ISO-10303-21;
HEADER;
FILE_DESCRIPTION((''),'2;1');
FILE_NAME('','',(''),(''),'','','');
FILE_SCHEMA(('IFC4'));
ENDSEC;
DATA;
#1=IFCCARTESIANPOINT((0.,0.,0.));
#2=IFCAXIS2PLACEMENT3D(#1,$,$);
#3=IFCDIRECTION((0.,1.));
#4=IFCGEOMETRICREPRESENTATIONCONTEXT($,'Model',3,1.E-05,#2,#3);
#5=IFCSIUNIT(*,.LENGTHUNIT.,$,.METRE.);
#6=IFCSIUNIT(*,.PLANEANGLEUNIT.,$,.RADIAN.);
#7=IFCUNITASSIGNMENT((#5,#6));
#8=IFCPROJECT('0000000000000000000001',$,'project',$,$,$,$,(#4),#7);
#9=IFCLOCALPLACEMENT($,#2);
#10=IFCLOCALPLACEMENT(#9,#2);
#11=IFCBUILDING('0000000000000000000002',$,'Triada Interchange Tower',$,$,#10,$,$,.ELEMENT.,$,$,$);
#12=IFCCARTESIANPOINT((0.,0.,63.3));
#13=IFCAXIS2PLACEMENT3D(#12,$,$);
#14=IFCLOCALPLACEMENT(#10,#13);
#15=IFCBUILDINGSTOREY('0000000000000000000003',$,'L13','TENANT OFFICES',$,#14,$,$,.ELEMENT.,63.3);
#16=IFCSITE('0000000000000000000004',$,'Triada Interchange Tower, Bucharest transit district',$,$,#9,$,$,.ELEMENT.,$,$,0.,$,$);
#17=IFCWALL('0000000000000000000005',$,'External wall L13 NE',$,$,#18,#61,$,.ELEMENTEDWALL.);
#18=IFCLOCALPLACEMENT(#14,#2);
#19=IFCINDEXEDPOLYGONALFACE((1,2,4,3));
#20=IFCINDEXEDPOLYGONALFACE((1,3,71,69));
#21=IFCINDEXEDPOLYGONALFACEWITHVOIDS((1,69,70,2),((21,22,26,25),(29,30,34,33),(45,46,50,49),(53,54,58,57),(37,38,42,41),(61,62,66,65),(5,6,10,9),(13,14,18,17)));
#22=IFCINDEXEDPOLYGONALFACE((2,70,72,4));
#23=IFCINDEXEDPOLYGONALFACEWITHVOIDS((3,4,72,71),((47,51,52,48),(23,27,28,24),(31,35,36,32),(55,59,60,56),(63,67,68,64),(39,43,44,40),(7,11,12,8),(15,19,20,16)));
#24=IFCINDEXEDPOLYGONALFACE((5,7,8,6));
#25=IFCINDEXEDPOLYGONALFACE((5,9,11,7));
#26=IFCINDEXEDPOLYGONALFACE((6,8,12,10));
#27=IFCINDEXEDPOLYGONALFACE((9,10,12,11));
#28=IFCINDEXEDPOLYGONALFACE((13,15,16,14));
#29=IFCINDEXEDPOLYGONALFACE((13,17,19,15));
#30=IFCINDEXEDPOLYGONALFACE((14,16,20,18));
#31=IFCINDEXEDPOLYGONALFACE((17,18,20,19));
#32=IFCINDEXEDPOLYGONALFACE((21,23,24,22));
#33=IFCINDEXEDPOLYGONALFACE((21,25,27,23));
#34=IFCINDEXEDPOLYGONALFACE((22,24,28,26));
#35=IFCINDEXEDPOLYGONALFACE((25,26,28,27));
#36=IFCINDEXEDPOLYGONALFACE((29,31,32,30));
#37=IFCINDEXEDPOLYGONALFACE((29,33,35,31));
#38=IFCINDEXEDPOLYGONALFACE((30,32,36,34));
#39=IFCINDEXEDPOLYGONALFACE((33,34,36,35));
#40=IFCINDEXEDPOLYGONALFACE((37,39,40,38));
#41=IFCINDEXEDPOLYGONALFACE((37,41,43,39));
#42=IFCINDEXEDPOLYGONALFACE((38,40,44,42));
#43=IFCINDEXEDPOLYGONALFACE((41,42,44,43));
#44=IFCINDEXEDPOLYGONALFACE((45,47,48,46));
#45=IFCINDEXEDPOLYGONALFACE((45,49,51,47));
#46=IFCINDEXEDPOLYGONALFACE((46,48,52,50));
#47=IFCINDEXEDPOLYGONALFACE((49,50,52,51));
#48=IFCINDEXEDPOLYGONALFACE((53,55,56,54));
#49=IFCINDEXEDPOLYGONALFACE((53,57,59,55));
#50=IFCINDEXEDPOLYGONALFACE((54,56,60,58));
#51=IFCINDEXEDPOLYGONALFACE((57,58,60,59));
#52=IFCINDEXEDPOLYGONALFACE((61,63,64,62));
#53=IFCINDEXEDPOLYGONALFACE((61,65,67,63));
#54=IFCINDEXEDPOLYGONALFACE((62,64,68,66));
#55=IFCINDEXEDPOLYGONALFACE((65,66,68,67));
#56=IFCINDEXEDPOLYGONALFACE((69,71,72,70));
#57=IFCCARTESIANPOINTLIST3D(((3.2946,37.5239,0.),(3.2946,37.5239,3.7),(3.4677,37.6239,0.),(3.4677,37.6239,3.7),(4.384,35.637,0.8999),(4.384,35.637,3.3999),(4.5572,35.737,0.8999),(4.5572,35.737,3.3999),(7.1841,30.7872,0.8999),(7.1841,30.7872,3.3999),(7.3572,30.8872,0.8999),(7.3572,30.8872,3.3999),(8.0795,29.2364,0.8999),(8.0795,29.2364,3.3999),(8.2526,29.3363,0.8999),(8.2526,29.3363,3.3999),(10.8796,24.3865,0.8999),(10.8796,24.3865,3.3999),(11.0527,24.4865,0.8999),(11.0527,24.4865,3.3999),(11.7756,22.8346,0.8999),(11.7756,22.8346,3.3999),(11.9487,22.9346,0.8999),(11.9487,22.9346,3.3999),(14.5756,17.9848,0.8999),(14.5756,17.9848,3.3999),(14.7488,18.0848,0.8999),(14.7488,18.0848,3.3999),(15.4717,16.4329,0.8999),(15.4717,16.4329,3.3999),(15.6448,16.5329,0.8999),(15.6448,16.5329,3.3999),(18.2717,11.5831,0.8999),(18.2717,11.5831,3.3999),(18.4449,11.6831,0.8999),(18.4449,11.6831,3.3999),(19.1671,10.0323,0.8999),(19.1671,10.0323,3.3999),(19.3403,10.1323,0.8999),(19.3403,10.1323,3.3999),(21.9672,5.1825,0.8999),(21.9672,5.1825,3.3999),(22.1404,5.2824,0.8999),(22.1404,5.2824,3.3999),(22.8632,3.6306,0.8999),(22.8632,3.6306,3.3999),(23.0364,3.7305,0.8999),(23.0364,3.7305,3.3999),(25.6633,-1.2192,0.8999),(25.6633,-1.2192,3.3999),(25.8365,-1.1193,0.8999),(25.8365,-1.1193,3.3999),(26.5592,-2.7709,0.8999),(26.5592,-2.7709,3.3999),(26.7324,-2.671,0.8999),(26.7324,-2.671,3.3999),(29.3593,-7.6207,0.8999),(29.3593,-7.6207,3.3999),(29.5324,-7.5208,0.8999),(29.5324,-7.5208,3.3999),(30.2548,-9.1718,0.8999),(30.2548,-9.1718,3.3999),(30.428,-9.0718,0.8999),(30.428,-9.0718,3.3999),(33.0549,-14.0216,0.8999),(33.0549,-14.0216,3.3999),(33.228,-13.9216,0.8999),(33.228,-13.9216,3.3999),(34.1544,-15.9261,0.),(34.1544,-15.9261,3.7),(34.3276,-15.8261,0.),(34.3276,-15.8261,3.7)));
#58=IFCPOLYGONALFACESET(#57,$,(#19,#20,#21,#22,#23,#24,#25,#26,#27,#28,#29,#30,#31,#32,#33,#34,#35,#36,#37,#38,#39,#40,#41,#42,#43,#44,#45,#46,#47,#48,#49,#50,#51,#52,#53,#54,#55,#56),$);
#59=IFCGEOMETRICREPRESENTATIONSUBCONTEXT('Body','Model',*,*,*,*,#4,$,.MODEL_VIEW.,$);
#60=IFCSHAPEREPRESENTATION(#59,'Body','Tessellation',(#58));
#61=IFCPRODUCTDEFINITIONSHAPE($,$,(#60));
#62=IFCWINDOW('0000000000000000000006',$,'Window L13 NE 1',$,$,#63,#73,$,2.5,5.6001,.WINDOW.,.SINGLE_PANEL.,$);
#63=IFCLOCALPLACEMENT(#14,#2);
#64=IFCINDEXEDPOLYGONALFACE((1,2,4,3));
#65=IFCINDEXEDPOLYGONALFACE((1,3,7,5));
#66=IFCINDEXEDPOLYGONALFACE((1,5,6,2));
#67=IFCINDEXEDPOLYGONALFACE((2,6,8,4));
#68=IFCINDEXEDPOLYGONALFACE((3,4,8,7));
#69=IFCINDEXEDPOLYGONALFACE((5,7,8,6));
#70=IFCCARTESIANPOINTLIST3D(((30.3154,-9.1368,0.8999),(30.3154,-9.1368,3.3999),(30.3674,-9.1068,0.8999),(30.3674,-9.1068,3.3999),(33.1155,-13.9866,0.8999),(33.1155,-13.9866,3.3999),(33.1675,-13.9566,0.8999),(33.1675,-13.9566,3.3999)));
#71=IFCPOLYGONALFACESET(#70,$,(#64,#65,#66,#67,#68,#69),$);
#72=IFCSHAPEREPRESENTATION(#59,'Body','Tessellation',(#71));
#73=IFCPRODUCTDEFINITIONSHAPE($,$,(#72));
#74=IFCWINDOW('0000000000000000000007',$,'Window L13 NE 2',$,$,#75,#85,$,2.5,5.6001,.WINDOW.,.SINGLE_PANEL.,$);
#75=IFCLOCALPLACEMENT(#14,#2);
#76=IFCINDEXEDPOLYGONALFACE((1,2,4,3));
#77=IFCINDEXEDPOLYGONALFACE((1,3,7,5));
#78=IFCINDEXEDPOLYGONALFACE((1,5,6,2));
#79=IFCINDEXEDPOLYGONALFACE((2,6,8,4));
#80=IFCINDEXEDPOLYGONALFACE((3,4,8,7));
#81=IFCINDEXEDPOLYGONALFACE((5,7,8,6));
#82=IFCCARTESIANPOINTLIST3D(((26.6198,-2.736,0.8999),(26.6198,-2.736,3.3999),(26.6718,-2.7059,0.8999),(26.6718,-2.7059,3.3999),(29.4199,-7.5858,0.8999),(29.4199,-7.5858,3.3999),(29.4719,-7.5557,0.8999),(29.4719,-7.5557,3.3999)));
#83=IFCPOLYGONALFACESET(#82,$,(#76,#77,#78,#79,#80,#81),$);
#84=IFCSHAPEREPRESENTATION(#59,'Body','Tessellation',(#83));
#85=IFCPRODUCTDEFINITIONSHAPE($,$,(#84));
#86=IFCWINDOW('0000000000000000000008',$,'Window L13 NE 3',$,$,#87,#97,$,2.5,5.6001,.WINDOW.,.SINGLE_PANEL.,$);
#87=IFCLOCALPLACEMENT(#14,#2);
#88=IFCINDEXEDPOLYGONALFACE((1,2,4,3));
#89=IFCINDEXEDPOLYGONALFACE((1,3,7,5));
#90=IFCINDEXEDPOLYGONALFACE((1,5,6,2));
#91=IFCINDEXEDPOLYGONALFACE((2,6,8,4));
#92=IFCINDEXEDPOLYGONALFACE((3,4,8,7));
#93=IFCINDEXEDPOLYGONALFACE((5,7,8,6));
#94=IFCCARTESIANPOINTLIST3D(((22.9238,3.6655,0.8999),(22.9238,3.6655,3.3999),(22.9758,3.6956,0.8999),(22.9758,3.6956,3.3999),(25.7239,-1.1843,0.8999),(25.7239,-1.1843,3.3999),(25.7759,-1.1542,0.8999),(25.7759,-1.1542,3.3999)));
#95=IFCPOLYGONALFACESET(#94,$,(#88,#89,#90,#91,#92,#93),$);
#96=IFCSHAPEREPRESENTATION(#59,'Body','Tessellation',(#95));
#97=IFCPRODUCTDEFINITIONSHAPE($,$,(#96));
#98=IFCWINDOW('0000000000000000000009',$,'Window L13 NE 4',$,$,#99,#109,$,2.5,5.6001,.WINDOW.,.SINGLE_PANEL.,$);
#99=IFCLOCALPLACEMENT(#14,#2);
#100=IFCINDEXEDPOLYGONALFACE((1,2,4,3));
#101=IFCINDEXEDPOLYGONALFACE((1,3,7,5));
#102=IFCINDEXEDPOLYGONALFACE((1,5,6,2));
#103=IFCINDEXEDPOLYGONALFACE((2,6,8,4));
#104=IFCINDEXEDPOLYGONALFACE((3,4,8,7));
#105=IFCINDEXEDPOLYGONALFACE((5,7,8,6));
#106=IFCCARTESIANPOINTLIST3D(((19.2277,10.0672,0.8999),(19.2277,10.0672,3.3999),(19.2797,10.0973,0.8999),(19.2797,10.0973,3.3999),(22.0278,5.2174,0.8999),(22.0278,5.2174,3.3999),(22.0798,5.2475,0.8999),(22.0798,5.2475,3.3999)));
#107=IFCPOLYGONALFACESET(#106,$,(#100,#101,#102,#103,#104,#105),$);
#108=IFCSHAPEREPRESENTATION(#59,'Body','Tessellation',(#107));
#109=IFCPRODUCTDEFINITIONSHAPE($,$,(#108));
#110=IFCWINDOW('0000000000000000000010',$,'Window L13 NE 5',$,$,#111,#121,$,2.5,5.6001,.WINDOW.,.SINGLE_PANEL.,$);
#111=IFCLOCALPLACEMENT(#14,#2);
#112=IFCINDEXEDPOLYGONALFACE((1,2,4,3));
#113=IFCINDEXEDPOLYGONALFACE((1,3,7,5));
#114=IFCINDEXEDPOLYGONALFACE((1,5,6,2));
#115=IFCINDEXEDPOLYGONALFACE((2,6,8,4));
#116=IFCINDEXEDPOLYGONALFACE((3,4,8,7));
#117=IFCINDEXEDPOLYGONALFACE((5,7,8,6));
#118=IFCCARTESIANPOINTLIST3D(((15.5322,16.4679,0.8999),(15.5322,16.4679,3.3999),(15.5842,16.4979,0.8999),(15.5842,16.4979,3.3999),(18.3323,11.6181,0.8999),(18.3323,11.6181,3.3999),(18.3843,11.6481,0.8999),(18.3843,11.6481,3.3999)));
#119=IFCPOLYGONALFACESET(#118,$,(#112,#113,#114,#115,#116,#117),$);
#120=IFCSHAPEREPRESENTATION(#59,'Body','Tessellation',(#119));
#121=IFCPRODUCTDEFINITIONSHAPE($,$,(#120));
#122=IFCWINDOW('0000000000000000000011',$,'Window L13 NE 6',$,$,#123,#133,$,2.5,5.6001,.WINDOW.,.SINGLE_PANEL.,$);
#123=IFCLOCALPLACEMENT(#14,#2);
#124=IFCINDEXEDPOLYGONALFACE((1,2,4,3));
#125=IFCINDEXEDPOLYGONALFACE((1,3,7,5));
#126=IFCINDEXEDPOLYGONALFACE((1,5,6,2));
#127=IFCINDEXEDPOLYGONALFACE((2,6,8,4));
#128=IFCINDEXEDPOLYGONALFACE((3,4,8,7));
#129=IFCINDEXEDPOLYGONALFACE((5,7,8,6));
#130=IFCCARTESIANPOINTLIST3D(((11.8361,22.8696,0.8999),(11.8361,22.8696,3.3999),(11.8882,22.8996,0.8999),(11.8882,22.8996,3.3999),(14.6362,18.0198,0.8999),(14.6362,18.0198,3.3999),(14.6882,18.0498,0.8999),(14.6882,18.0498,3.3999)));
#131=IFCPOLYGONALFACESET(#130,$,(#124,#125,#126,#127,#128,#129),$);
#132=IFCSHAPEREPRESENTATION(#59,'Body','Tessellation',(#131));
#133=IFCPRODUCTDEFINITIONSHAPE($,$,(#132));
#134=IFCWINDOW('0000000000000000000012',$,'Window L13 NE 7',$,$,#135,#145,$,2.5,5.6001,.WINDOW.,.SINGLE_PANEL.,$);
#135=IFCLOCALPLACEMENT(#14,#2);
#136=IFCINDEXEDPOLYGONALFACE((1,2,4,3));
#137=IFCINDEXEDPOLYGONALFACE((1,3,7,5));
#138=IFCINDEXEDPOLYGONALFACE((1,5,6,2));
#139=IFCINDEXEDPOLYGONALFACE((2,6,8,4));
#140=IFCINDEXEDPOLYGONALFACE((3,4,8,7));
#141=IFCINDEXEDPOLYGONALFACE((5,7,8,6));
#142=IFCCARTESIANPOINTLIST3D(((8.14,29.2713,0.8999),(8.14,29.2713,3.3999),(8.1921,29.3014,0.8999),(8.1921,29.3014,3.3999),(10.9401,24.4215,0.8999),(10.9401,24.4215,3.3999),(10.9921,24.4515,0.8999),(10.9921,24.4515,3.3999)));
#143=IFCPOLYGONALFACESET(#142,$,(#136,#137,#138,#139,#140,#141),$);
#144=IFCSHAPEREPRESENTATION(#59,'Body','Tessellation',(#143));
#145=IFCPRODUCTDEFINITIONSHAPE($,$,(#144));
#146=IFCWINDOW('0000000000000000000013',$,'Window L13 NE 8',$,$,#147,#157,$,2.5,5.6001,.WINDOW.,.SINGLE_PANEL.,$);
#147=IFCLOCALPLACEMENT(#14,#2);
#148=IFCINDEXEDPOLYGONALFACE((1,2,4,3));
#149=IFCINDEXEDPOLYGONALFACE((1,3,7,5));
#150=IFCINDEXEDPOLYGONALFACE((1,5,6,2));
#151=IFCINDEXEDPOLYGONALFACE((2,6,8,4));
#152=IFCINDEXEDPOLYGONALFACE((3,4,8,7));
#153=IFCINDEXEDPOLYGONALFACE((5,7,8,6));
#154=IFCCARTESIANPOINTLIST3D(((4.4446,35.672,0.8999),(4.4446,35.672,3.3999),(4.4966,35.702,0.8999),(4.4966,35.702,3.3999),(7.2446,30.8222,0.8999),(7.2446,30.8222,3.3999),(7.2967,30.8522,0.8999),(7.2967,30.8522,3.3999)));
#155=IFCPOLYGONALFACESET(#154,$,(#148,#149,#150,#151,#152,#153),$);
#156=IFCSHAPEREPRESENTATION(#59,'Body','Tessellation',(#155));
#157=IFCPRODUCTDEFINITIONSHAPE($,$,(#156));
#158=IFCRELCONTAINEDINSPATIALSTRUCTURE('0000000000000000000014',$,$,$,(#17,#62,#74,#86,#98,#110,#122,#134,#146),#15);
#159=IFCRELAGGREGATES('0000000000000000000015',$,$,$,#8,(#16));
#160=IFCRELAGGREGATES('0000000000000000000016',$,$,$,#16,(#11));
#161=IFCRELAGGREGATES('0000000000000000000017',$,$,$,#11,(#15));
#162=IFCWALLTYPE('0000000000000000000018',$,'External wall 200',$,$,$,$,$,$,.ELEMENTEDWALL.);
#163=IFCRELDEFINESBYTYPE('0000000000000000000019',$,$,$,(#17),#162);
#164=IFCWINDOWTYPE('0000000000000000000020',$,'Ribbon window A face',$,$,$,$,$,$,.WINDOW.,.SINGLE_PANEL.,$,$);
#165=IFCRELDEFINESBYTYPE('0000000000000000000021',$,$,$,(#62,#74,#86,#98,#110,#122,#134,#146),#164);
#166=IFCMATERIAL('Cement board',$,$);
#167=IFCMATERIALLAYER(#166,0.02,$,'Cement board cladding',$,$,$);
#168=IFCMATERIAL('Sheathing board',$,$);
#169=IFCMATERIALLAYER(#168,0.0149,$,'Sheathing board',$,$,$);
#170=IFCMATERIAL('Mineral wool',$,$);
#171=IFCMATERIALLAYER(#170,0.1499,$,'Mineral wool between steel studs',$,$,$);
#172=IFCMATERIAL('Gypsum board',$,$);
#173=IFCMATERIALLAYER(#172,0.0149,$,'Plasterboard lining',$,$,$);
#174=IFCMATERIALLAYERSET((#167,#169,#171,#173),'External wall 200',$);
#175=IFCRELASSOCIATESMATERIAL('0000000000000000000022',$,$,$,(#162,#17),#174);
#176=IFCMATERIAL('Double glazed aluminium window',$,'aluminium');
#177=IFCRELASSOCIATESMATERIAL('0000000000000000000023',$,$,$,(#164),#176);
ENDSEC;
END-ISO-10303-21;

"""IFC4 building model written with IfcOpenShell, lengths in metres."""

from ifc_helpers import new_model, si_unit, direction, frame, frame_2d, origin, place, context, subcontext, project, spatial, rectangle, extrude, material, layer, layer_set, layer_usage, type_object, element, fill, save


model = new_model("IFC4")

# Units and contexts
model_context = context("Model", 3, precision=1e-05, world=origin(), true_north=direction((0.0, 1.0)))
body_context = subcontext(model_context, "Body", "Model", "MODEL_VIEW")
ifc_project = project(units=[si_unit("LENGTHUNIT", "METRE"), si_unit("PLANEANGLEUNIT", "RADIAN")], contexts=[model_context])

# Site, building, storey
site_placement = place(None, origin())
site = spatial("IfcSite", under=ifc_project, at=site_placement, Name="Triada Interchange Tower, Bucharest transit district", CompositionType="ELEMENT", RefElevation=0.0)
building_placement = place(site_placement, origin())
building = spatial("IfcBuilding", under=site, at=building_placement, Name="Triada Interchange Tower", CompositionType="ELEMENT")
storey_placement = place(building_placement, frame((0.0, 0.0, 63.3)))
storey = spatial("IfcBuildingStorey", under=building, at=storey_placement, Name="L13", Description="TENANT OFFICES", CompositionType="ELEMENT", Elevation=63.3)

# Shared definitions
ifc_material_1 = material(Name="Cement board")
ifc_layer_1 = layer(ifc_material_1, 0.02, Name="Cement board cladding")
ifc_material_2 = material(Name="Sheathing board")
ifc_layer_2 = layer(ifc_material_2, 0.0149, Name="Sheathing board")
ifc_material_3 = material(Name="Mineral wool")
ifc_layer_3 = layer(ifc_material_3, 0.1499, Name="Mineral wool between steel studs")
ifc_material_4 = material(Name="Gypsum board")
ifc_layer_4 = layer(ifc_material_4, 0.0149, Name="Plasterboard lining")
ifc_layer_set_1 = layer_set([ifc_layer_1, ifc_layer_2, ifc_layer_3, ifc_layer_4], Name="External wall 200")
ifc_layer_usage = layer_usage(ifc_layer_set_1, "AXIS2", "POSITIVE", -0.1001)
wall_type = type_object("IfcWallType", Name="External wall 200", PredefinedType="ELEMENTEDWALL", material=ifc_layer_set_1)
ifc_material_5 = material(Name="Double glazed aluminium window", Category="aluminium")

# Wall, openings, windows
wall_1_placement = place(storey_placement, frame((34.241, -15.876, 0.0), z_axis=(0.0, 0.0, 1.0), x_axis=(-0.500006, 0.866022, 0.0)))
wall_1 = element("IfcWall", 1, at=wall_1_placement, inside=storey, type_object=wall_type, material=ifc_layer_usage, Name="External wall L13 NE", PredefinedType="ELEMENTEDWALL", context=body_context, shape_type="SweptSolid", body=[
    extrude(rectangle(XDim=61.719, YDim=0.2, at=frame_2d((30.8594, 0.0))), origin(), (0.0, 0.0, 1.0), 3.7),
])
opening_1_placement = place(wall_1_placement, frame((2.199, 0.0, 0.8999)))
opening_1 = element("IfcOpeningElement", 2, at=opening_1_placement, cuts=wall_1, PredefinedType="OPENING", context=body_context, shape_type="SweptSolid", body=[
    extrude(rectangle(XDim=5.6001, YDim=2.5, at=frame_2d((2.8, 1.25))), frame((0.0, 0.1099, 0.0), z_axis=(0.0, -1.0, 0.0), x_axis=(1.0, 0.0, 0.0)), (0.0, 0.0, 1.0), 0.22),
])
opening_2_placement = place(wall_1_placement, frame((9.5901, 0.0, 0.8999)))
opening_2 = element("IfcOpeningElement", 3, at=opening_2_placement, cuts=wall_1, PredefinedType="OPENING", context=body_context, shape_type="SweptSolid", body=[
    extrude(rectangle(XDim=5.6001, YDim=2.5, at=frame_2d((2.8, 1.25))), frame((0.0, 0.1099, 0.0), z_axis=(0.0, -1.0, 0.0), x_axis=(1.0, 0.0, 0.0)), (0.0, 0.0, 1.0), 0.22),
])
opening_3_placement = place(wall_1_placement, frame((16.9819, 0.0, 0.8999)))
opening_3 = element("IfcOpeningElement", 4, at=opening_3_placement, cuts=wall_1, PredefinedType="OPENING", context=body_context, shape_type="SweptSolid", body=[
    extrude(rectangle(XDim=5.6001, YDim=2.5, at=frame_2d((2.8, 1.25))), frame((0.0, 0.1099, 0.0), z_axis=(0.0, -1.0, 0.0), x_axis=(1.0, 0.0, 0.0)), (0.0, 0.0, 1.0), 0.22),
])
opening_4_placement = place(wall_1_placement, frame((24.374, 0.0, 0.8999)))
opening_4 = element("IfcOpeningElement", 5, at=opening_4_placement, cuts=wall_1, PredefinedType="OPENING", context=body_context, shape_type="SweptSolid", body=[
    extrude(rectangle(XDim=5.6001, YDim=2.5, at=frame_2d((2.8, 1.25))), frame((0.0, 0.1099, 0.0), z_axis=(0.0, -1.0, 0.0), x_axis=(1.0, 0.0, 0.0)), (0.0, 0.0, 1.0), 0.22),
])
opening_5_placement = place(wall_1_placement, frame((31.7649, 0.0, 0.8999)))
opening_5 = element("IfcOpeningElement", 6, at=opening_5_placement, cuts=wall_1, PredefinedType="OPENING", context=body_context, shape_type="SweptSolid", body=[
    extrude(rectangle(XDim=5.6001, YDim=2.5, at=frame_2d((2.8, 1.25))), frame((0.0, 0.1099, 0.0), z_axis=(0.0, -1.0, 0.0), x_axis=(1.0, 0.0, 0.0)), (0.0, 0.0, 1.0), 0.22),
])
opening_6_placement = place(wall_1_placement, frame((39.157, 0.0, 0.8999)))
opening_6 = element("IfcOpeningElement", 7, at=opening_6_placement, cuts=wall_1, PredefinedType="OPENING", context=body_context, shape_type="SweptSolid", body=[
    extrude(rectangle(XDim=5.6001, YDim=2.5, at=frame_2d((2.8, 1.25))), frame((0.0, 0.1099, 0.0), z_axis=(0.0, -1.0, 0.0), x_axis=(1.0, 0.0, 0.0)), (0.0, 0.0, 1.0), 0.22),
])
opening_7_placement = place(wall_1_placement, frame((46.5491, 0.0, 0.8999)))
opening_7 = element("IfcOpeningElement", 8, at=opening_7_placement, cuts=wall_1, PredefinedType="OPENING", context=body_context, shape_type="SweptSolid", body=[
    extrude(rectangle(XDim=5.6001, YDim=2.5, at=frame_2d((2.8, 1.25))), frame((0.0, 0.1099, 0.0), z_axis=(0.0, -1.0, 0.0), x_axis=(1.0, 0.0, 0.0)), (0.0, 0.0, 1.0), 0.22),
])
opening_8_placement = place(wall_1_placement, frame((53.9399, 0.0, 0.8999)))
opening_8 = element("IfcOpeningElement", 9, at=opening_8_placement, cuts=wall_1, PredefinedType="OPENING", context=body_context, shape_type="SweptSolid", body=[
    extrude(rectangle(XDim=5.6001, YDim=2.5, at=frame_2d((2.8, 1.25))), frame((0.0, 0.1099, 0.0), z_axis=(0.0, -1.0, 0.0), x_axis=(1.0, 0.0, 0.0)), (0.0, 0.0, 1.0), 0.22),
])
window_type_1 = type_object("IfcWindowType", Name="Ribbon window A face", PartitioningType="SINGLE_PANEL", PredefinedType="WINDOW", material=ifc_material_5)
window_1_placement = place(opening_1_placement, origin())
window_1 = element("IfcWindow", 10, at=window_1_placement, inside=storey, type_object=window_type_1, Name="Window L13 NE 1", OverallHeight=2.5, OverallWidth=5.6001, PartitioningType="SINGLE_PANEL", PredefinedType="WINDOW", context=body_context, shape_type="SweptSolid", body=[
    extrude(rectangle(XDim=5.6001, YDim=2.5, at=frame_2d((2.8, 1.25))), frame((0.0, 0.03, 0.0), z_axis=(0.0, -1.0, 0.0), x_axis=(1.0, 0.0, 0.0)), (0.0, 0.0, 1.0), 0.0601),
])
fill(opening_1, window_1)
window_2_placement = place(opening_2_placement, origin())
window_2 = element("IfcWindow", 11, at=window_2_placement, inside=storey, type_object=window_type_1, Name="Window L13 NE 2", OverallHeight=2.5, OverallWidth=5.6001, PartitioningType="SINGLE_PANEL", PredefinedType="WINDOW", context=body_context, shape_type="SweptSolid", body=[
    extrude(rectangle(XDim=5.6001, YDim=2.5, at=frame_2d((2.8, 1.25))), frame((0.0, 0.03, 0.0), z_axis=(0.0, -1.0, 0.0), x_axis=(1.0, 0.0, 0.0)), (0.0, 0.0, 1.0), 0.0601),
])
fill(opening_2, window_2)
window_3_placement = place(opening_3_placement, origin())
window_3 = element("IfcWindow", 12, at=window_3_placement, inside=storey, type_object=window_type_1, Name="Window L13 NE 3", OverallHeight=2.5, OverallWidth=5.6001, PartitioningType="SINGLE_PANEL", PredefinedType="WINDOW", context=body_context, shape_type="SweptSolid", body=[
    extrude(rectangle(XDim=5.6001, YDim=2.5, at=frame_2d((2.8, 1.25))), frame((0.0, 0.03, 0.0), z_axis=(0.0, -1.0, 0.0), x_axis=(1.0, 0.0, 0.0)), (0.0, 0.0, 1.0), 0.0601),
])
fill(opening_3, window_3)
window_4_placement = place(opening_4_placement, origin())
window_4 = element("IfcWindow", 13, at=window_4_placement, inside=storey, type_object=window_type_1, Name="Window L13 NE 4", OverallHeight=2.5, OverallWidth=5.6001, PartitioningType="SINGLE_PANEL", PredefinedType="WINDOW", context=body_context, shape_type="SweptSolid", body=[
    extrude(rectangle(XDim=5.6001, YDim=2.5, at=frame_2d((2.8, 1.25))), frame((0.0, 0.03, 0.0), z_axis=(0.0, -1.0, 0.0), x_axis=(1.0, 0.0, 0.0)), (0.0, 0.0, 1.0), 0.0601),
])
fill(opening_4, window_4)
window_5_placement = place(opening_5_placement, origin())
window_5 = element("IfcWindow", 14, at=window_5_placement, inside=storey, type_object=window_type_1, Name="Window L13 NE 5", OverallHeight=2.5, OverallWidth=5.6001, PartitioningType="SINGLE_PANEL", PredefinedType="WINDOW", context=body_context, shape_type="SweptSolid", body=[
    extrude(rectangle(XDim=5.6001, YDim=2.5, at=frame_2d((2.8, 1.25))), frame((0.0, 0.03, 0.0), z_axis=(0.0, -1.0, 0.0), x_axis=(1.0, 0.0, 0.0)), (0.0, 0.0, 1.0), 0.0601),
])
fill(opening_5, window_5)
window_6_placement = place(opening_6_placement, origin())
window_6 = element("IfcWindow", 15, at=window_6_placement, inside=storey, type_object=window_type_1, Name="Window L13 NE 6", OverallHeight=2.5, OverallWidth=5.6001, PartitioningType="SINGLE_PANEL", PredefinedType="WINDOW", context=body_context, shape_type="SweptSolid", body=[
    extrude(rectangle(XDim=5.6001, YDim=2.5, at=frame_2d((2.8, 1.25))), frame((0.0, 0.03, 0.0), z_axis=(0.0, -1.0, 0.0), x_axis=(1.0, 0.0, 0.0)), (0.0, 0.0, 1.0), 0.0601),
])
fill(opening_6, window_6)
window_7_placement = place(opening_7_placement, origin())
window_7 = element("IfcWindow", 16, at=window_7_placement, inside=storey, type_object=window_type_1, Name="Window L13 NE 7", OverallHeight=2.5, OverallWidth=5.6001, PartitioningType="SINGLE_PANEL", PredefinedType="WINDOW", context=body_context, shape_type="SweptSolid", body=[
    extrude(rectangle(XDim=5.6001, YDim=2.5, at=frame_2d((2.8, 1.25))), frame((0.0, 0.03, 0.0), z_axis=(0.0, -1.0, 0.0), x_axis=(1.0, 0.0, 0.0)), (0.0, 0.0, 1.0), 0.0601),
])
fill(opening_7, window_7)
window_8_placement = place(opening_8_placement, origin())
window_8 = element("IfcWindow", 17, at=window_8_placement, inside=storey, type_object=window_type_1, Name="Window L13 NE 8", OverallHeight=2.5, OverallWidth=5.6001, PartitioningType="SINGLE_PANEL", PredefinedType="WINDOW", context=body_context, shape_type="SweptSolid", body=[
    extrude(rectangle(XDim=5.6001, YDim=2.5, at=frame_2d((2.8, 1.25))), frame((0.0, 0.03, 0.0), z_axis=(0.0, -1.0, 0.0), x_axis=(1.0, 0.0, 0.0)), (0.0, 0.0, 1.0), 0.0601),
])
fill(opening_8, window_8)

save(model, "model.ifc")
